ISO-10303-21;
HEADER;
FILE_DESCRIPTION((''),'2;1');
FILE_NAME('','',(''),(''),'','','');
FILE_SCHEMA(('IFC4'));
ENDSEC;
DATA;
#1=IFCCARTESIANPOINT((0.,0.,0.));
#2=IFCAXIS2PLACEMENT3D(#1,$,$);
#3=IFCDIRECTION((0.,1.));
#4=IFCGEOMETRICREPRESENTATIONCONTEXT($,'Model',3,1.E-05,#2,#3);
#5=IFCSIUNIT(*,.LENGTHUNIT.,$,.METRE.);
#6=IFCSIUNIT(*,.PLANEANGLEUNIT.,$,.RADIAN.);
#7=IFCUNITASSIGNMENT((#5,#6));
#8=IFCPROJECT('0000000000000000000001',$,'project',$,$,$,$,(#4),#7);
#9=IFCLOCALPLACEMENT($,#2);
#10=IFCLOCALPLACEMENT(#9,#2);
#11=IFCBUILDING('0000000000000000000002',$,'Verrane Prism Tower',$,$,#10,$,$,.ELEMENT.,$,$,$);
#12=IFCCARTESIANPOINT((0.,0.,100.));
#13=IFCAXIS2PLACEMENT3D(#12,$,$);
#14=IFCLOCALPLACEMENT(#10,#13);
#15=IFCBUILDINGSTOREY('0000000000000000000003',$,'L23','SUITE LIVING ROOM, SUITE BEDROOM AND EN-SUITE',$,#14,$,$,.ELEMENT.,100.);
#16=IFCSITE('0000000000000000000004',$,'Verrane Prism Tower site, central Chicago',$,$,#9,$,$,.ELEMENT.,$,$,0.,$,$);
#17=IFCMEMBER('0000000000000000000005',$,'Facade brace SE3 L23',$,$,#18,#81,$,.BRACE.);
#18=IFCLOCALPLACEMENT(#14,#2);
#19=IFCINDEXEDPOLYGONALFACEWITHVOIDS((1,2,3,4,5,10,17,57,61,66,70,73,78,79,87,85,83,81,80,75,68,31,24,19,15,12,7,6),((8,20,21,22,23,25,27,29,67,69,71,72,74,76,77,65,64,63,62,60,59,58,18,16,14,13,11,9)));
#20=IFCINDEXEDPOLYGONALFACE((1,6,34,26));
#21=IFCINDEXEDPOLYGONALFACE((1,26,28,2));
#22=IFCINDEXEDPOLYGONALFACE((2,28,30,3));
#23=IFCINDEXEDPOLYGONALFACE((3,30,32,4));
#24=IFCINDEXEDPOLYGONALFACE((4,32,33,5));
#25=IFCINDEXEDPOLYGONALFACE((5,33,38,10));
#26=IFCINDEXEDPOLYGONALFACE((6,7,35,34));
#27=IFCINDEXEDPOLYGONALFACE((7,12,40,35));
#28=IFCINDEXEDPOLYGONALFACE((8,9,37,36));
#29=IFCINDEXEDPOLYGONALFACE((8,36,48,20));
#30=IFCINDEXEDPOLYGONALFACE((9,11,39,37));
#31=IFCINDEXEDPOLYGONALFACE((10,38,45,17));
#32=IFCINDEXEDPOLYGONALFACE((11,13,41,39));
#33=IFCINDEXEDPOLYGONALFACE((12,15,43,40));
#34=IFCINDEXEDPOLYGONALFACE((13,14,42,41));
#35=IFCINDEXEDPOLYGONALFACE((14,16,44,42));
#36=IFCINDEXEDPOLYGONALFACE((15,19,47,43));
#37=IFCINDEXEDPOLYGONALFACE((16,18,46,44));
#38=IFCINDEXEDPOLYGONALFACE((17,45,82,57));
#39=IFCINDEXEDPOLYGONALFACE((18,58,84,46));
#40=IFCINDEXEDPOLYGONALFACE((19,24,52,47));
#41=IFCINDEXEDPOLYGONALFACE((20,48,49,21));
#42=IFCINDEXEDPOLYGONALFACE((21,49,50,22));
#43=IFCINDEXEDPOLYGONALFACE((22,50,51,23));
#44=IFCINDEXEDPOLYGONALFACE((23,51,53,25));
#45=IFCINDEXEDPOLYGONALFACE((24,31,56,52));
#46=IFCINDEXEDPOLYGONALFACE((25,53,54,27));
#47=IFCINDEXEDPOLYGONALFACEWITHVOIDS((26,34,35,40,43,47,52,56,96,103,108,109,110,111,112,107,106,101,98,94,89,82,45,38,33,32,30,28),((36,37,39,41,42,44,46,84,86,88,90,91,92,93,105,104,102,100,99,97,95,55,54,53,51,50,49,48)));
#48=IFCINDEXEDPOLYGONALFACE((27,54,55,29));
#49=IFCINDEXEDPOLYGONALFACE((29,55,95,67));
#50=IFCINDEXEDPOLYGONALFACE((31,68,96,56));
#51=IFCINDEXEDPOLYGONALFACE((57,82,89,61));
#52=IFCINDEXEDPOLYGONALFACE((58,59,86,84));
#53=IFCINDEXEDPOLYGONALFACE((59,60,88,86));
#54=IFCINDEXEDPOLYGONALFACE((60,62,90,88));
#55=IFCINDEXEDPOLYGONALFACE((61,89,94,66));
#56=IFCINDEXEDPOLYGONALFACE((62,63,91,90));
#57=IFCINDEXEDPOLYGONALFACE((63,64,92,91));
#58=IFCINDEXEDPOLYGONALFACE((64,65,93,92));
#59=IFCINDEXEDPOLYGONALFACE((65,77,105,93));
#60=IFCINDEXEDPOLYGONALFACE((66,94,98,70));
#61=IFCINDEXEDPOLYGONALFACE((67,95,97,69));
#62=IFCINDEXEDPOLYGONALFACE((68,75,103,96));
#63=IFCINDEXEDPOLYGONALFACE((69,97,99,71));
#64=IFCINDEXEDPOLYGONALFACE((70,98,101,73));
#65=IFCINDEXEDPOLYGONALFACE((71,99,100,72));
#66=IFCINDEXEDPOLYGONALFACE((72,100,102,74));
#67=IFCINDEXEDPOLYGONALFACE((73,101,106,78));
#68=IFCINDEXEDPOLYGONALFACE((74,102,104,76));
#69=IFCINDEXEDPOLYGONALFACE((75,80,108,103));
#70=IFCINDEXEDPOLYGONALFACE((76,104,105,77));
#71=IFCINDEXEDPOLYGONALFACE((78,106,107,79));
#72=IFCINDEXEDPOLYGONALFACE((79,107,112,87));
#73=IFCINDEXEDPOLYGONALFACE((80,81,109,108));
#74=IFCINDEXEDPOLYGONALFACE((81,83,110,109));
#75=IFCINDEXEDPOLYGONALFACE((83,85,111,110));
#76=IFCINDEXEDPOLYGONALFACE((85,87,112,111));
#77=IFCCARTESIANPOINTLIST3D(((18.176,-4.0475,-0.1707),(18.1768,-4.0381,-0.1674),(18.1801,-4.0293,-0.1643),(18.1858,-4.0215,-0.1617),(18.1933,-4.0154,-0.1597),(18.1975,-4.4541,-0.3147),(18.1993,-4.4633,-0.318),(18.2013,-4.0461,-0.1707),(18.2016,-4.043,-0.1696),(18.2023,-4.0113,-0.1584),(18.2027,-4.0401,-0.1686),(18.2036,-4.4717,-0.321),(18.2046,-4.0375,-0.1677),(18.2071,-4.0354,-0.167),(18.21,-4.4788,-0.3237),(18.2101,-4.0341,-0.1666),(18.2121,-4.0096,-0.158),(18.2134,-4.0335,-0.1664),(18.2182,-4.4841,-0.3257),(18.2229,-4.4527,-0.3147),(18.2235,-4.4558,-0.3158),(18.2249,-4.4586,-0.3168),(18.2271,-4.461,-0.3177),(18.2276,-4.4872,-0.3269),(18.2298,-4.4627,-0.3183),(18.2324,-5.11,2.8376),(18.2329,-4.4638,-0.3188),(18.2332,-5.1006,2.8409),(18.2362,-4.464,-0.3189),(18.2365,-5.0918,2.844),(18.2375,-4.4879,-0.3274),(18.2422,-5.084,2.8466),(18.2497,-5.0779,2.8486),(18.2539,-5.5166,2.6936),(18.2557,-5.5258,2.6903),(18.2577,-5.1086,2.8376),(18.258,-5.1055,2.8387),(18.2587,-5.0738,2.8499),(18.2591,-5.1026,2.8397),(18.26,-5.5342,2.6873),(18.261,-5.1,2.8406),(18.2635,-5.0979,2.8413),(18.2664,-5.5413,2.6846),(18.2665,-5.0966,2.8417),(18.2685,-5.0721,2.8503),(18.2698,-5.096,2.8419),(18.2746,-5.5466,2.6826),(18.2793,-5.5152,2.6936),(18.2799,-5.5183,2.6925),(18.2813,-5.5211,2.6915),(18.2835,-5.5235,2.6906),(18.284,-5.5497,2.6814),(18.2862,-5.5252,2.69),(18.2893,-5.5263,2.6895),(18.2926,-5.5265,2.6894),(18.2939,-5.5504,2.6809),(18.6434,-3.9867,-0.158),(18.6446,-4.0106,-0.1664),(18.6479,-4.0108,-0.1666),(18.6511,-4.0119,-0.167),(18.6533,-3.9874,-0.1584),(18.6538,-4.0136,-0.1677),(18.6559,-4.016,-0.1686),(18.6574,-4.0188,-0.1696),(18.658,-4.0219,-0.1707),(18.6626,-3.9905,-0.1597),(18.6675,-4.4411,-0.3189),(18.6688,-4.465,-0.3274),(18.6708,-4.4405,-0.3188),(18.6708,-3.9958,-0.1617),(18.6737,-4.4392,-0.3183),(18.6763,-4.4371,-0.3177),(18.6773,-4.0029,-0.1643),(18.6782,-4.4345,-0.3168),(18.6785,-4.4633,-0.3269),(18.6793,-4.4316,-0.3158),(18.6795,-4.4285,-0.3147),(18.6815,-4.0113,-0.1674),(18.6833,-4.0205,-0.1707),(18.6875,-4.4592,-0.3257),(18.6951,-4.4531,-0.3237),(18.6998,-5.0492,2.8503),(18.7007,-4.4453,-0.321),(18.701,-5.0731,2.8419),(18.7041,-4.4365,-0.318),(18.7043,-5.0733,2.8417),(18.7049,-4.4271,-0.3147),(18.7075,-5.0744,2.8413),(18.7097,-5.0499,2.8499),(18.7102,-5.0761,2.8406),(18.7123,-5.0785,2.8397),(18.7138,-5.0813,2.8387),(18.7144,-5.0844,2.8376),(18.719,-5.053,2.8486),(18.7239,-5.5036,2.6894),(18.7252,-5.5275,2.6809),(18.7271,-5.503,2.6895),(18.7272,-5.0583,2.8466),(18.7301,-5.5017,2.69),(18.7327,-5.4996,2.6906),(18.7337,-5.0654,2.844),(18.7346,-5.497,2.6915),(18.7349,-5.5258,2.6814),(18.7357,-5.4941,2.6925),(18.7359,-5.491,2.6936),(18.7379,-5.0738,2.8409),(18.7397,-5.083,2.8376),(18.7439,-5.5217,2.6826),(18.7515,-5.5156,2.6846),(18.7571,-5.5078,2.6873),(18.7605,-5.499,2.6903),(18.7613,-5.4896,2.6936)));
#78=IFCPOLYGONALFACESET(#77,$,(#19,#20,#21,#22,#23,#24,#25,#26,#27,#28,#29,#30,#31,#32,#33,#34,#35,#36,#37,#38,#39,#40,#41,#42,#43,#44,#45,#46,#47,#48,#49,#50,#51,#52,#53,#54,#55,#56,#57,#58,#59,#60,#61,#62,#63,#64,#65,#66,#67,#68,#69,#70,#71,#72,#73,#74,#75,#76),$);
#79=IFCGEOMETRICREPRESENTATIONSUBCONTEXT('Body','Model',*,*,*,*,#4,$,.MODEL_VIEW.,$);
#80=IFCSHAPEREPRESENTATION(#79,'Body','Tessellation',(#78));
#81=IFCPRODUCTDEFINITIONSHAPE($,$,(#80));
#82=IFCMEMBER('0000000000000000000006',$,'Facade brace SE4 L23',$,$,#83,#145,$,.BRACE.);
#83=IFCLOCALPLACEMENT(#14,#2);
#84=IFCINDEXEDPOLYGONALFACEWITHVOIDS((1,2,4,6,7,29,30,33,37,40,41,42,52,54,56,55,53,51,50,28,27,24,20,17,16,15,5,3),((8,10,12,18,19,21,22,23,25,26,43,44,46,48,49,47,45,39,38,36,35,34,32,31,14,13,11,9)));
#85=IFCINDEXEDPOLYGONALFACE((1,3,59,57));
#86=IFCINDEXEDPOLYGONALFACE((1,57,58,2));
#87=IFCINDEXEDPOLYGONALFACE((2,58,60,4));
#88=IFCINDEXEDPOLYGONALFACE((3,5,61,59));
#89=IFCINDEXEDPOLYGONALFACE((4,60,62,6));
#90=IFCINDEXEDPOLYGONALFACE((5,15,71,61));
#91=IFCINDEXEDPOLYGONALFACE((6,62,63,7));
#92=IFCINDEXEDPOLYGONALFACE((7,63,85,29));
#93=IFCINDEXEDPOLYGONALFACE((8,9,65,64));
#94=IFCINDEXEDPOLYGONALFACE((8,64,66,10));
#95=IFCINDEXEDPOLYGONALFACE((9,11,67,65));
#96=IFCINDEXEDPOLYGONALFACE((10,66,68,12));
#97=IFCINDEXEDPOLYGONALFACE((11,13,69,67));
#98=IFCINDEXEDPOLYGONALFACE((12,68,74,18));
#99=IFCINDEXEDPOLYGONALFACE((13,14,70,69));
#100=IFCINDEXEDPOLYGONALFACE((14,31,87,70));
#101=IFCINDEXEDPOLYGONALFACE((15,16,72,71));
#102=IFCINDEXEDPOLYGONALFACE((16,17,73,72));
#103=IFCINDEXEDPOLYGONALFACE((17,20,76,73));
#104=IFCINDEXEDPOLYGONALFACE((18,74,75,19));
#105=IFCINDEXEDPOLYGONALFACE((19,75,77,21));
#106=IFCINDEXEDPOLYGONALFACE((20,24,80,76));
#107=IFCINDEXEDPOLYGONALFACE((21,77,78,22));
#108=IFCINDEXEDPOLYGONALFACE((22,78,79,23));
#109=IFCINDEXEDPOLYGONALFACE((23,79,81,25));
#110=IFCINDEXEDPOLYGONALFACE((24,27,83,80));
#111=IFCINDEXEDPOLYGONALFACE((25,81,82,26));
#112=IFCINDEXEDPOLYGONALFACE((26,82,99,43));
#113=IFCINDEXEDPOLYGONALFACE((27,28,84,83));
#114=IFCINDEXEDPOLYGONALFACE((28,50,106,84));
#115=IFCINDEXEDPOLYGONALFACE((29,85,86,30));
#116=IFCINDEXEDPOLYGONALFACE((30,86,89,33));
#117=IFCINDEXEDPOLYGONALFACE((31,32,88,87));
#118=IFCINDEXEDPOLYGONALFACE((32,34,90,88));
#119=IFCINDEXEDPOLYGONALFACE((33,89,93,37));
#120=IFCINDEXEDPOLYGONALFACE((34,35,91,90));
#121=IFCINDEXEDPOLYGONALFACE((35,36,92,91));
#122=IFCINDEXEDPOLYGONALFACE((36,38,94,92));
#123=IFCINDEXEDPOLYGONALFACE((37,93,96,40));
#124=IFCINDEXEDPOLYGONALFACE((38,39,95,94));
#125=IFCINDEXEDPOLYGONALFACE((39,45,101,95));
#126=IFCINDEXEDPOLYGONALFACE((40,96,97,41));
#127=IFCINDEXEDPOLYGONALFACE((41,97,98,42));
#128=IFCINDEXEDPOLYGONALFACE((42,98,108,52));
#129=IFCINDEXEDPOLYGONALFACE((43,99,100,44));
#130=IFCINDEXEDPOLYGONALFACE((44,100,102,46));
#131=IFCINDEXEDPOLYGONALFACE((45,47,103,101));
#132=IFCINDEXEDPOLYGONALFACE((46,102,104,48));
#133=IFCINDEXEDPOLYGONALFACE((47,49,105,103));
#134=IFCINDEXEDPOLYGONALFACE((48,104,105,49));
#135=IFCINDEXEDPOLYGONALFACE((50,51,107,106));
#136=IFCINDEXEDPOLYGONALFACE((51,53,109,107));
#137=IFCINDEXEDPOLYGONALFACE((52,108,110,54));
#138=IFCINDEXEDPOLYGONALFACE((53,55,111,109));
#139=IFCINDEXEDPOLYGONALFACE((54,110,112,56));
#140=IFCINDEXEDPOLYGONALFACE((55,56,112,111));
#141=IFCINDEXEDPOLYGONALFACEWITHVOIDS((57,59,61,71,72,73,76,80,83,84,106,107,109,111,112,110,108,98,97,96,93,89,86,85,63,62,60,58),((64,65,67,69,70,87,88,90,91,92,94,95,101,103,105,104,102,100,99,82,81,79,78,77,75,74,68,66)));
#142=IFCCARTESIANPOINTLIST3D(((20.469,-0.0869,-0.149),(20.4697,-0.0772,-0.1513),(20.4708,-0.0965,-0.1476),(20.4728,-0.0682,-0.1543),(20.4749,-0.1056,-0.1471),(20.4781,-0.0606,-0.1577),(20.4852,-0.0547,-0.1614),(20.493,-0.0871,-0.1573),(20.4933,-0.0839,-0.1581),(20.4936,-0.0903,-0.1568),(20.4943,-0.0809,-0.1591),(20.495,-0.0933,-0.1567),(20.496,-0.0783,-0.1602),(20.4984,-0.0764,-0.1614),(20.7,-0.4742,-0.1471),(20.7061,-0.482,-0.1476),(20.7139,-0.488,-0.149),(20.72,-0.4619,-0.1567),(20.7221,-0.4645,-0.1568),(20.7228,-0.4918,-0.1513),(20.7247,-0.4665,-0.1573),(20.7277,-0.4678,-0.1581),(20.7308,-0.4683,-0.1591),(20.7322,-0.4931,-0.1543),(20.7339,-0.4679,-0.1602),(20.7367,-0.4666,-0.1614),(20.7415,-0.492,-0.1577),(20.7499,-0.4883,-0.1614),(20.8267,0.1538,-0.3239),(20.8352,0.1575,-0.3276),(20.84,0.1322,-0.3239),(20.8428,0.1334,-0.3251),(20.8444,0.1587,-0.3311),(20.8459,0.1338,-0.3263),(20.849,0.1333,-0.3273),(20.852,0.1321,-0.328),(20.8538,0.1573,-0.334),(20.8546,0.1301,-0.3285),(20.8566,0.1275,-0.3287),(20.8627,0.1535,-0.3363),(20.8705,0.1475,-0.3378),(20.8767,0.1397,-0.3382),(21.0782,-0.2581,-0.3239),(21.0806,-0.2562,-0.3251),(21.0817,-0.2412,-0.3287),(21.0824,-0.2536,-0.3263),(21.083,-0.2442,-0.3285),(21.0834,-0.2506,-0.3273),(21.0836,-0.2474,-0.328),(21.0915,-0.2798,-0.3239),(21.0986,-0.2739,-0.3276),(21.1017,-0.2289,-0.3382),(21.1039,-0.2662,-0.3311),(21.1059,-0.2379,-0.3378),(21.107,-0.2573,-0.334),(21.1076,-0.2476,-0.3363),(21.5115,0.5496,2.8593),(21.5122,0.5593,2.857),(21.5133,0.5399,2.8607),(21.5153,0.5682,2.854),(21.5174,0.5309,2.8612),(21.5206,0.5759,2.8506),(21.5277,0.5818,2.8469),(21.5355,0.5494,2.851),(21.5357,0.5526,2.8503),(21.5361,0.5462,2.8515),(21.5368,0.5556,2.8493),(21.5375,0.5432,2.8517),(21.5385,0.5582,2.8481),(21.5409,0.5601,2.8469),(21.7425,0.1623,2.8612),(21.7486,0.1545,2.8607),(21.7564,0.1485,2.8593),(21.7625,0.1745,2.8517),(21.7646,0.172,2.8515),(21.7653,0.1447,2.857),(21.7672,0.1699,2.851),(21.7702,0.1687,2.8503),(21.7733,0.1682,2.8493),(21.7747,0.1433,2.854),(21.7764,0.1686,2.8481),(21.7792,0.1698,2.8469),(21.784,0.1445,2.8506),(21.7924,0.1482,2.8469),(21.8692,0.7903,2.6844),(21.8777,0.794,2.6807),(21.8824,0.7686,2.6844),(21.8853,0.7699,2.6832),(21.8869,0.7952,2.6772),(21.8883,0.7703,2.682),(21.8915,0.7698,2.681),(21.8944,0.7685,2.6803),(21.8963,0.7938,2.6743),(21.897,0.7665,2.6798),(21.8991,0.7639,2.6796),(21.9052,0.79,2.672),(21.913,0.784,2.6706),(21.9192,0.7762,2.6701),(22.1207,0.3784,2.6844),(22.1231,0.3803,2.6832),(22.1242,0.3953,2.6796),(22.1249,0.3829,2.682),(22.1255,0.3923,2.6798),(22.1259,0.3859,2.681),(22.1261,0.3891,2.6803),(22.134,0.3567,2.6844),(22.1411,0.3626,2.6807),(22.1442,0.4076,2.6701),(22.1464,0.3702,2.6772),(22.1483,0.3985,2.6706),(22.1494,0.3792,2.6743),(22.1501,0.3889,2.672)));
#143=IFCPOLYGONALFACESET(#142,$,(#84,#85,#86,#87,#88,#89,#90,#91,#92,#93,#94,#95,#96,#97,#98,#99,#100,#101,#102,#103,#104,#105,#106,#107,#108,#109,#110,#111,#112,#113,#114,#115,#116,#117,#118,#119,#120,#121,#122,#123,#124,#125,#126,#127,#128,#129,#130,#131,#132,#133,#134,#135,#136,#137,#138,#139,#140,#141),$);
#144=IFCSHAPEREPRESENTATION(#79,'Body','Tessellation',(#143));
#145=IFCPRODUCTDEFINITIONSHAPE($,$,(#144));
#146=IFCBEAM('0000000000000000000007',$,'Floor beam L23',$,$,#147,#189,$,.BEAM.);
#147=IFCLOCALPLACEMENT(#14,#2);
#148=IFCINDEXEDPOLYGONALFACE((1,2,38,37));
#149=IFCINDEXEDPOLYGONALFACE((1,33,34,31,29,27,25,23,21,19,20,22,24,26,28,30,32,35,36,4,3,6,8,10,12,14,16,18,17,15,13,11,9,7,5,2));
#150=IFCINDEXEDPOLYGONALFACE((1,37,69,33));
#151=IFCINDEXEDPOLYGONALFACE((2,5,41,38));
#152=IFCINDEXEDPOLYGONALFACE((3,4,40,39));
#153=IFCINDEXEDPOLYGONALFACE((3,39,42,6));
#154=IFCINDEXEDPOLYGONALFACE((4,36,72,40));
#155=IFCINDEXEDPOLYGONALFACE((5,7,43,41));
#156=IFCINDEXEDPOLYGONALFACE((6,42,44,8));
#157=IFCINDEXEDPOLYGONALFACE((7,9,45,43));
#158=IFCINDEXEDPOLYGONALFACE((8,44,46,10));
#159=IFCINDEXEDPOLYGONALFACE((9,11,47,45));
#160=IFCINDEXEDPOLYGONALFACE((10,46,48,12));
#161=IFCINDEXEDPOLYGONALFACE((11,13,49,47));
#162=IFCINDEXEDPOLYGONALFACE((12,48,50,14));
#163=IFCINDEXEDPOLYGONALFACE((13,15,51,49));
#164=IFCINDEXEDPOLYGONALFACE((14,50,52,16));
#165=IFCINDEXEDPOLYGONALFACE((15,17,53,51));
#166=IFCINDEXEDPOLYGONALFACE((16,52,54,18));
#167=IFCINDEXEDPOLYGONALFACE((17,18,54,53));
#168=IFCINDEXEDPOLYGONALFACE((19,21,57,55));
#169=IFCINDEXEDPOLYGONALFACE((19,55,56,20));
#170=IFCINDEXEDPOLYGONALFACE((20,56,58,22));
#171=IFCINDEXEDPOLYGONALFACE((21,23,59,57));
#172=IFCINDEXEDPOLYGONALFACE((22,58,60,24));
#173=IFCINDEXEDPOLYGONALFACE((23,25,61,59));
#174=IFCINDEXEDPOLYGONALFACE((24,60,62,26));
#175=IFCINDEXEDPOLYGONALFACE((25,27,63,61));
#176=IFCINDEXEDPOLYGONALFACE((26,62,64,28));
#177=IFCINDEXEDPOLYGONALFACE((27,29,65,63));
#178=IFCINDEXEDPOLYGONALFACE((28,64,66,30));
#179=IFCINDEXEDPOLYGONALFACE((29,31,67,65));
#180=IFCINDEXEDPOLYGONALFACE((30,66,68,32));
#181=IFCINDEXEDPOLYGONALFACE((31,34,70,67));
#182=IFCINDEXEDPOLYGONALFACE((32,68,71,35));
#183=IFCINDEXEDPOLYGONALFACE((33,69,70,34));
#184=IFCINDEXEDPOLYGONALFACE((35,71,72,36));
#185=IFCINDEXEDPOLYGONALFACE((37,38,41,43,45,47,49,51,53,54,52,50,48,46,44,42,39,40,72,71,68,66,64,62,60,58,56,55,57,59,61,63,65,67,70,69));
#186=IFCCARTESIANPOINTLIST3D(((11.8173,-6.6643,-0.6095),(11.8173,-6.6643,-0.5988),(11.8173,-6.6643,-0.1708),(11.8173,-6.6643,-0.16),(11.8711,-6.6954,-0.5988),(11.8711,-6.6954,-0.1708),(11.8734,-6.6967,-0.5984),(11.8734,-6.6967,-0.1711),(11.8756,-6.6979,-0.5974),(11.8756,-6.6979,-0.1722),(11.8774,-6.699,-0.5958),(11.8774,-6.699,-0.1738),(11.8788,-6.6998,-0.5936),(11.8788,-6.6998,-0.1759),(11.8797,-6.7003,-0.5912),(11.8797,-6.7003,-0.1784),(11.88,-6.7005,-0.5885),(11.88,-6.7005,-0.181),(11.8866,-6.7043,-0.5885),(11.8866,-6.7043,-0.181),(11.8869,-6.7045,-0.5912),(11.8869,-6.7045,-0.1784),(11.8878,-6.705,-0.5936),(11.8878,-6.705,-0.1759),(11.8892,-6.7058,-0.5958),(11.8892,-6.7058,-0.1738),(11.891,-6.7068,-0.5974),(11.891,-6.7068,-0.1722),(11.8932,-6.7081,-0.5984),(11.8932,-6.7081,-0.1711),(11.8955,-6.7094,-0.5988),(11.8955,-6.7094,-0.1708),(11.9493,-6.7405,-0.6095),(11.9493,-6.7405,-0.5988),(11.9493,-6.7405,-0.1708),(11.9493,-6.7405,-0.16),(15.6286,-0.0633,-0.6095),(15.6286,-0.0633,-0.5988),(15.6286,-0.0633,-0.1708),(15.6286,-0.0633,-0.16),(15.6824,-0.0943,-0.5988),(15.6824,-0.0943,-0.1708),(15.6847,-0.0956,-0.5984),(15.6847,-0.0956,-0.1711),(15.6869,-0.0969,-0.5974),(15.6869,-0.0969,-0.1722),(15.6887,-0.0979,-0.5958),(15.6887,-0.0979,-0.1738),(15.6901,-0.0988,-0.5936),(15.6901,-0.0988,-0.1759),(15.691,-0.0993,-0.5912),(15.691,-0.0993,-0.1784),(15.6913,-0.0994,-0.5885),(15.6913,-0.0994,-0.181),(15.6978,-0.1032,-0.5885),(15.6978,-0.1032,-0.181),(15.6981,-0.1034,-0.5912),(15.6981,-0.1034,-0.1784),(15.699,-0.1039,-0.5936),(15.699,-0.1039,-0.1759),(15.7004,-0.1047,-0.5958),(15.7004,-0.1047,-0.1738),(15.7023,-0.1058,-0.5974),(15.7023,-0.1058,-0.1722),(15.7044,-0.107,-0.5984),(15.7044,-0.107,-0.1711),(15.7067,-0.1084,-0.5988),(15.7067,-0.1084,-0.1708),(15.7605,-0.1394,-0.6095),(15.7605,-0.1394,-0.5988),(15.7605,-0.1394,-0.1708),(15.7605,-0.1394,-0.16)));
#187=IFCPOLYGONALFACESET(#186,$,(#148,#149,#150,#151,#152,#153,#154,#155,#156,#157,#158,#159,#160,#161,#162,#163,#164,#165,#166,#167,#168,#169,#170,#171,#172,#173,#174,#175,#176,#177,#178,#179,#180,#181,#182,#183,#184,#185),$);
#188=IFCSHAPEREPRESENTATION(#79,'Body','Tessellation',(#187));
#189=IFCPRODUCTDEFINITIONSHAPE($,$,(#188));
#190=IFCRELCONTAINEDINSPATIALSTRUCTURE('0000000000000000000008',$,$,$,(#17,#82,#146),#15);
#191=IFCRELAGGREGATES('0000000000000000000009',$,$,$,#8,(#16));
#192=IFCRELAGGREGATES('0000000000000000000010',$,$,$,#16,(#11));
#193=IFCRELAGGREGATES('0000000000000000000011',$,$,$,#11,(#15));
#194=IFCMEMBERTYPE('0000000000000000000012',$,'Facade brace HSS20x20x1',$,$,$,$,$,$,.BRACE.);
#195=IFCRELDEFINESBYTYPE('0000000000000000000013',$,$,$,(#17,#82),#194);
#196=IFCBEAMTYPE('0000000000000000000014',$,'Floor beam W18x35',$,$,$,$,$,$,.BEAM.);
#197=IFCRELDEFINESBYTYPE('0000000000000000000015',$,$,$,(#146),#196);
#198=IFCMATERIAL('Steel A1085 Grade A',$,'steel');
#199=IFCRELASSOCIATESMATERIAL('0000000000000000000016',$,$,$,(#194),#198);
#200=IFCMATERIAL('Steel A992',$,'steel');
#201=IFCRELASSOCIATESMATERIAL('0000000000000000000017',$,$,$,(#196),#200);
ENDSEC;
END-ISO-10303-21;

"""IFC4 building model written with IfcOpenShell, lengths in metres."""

from ifc_helpers import new_model, si_unit, direction, frame, origin, origin_2d, place, context, subcontext, project, spatial, hollow_rectangle, i_section, extrude, material, material_profile, profile_set, type_object, element, save


model = new_model("IFC4")

# Units and contexts
model_context = context("Model", 3, precision=1e-05, world=origin(), true_north=direction((0.0, 1.0)))
body_context = subcontext(model_context, "Body", "Model", "MODEL_VIEW")
ifc_project = project(units=[si_unit("LENGTHUNIT", "METRE"), si_unit("PLANEANGLEUNIT", "RADIAN")], contexts=[model_context])

# Site, building, storey
site_placement = place(None, origin())
site = spatial("IfcSite", under=ifc_project, at=site_placement, Name="Verrane Prism Tower site, central Chicago", CompositionType="ELEMENT", RefElevation=0.0)
building_placement = place(site_placement, origin())
building = spatial("IfcBuilding", under=site, at=building_placement, Name="Verrane Prism Tower", CompositionType="ELEMENT")
storey_placement = place(building_placement, frame((0.0, 0.0, 100.0)))
storey = spatial("IfcBuildingStorey", under=building, at=storey_placement, Name="L23", Description="SUITE LIVING ROOM, SUITE BEDROOM AND EN-SUITE", CompositionType="ELEMENT", Elevation=100.0)

# Members
ifc_material_1 = material(Name="Steel A1085 Grade A", Category="steel")
ifc_material_profile_1 = material_profile(ifc_material_1, hollow_rectangle(XDim=0.5081, YDim=0.5081, WallThickness=0.0254, InnerFilletRadius=0.0127, OuterFilletRadius=0.0381, at=origin_2d()), Name="HSS20x20x1")
ifc_profile_set_1 = profile_set([ifc_material_profile_1], Name="Steel A1085 Grade A")
member_type_1 = type_object("IfcMemberType", Name="Facade brace HSS20x20x1", PredefinedType="BRACE", material=ifc_profile_set_1)
member_1_placement = place(storey_placement, frame((18.4404, -4.2373, -0.2427), z_axis=(0.017674, -0.332976, 0.94277), x_axis=(0.998594, 0.053004, 0.0)))
element("IfcMember", 1, at=member_1_placement, inside=storey, type_object=member_type_1, Name="Facade brace SE3 L23", PredefinedType="BRACE", context=body_context, shape_type="SweptSolid", body=[
    extrude(hollow_rectangle(XDim=0.5081, YDim=0.5081, WallThickness=0.0254, InnerFilletRadius=0.0127, OuterFilletRadius=0.0381, at=origin_2d()), origin(), (0.0, 0.0, 1.0), 3.1909),
])
member_2_placement = place(storey_placement, frame((20.7883, -0.1672, -0.2427), z_axis=(0.321079, 0.196031, 0.926542), x_axis=(-0.521094, 0.853499, 0.0)))
element("IfcMember", 2, at=member_2_placement, inside=storey, type_object=member_type_1, Name="Facade brace SE4 L23", PredefinedType="BRACE", context=body_context, shape_type="SweptSolid", body=[
    extrude(hollow_rectangle(XDim=0.5081, YDim=0.5081, WallThickness=0.0254, InnerFilletRadius=0.0127, OuterFilletRadius=0.0381, at=origin_2d()), origin(), (0.0, 0.0, 1.0), 3.2468),
])

# Beam
ifc_material_2 = material(Name="Steel A992", Category="steel")
ifc_material_profile_2 = material_profile(ifc_material_2, i_section(OverallWidth=0.1523, OverallDepth=0.4495, WebThickness=0.0076, FlangeThickness=0.0107, FilletRadius=0.0103, at=origin_2d()), Name="W18x35")
ifc_profile_set_2 = profile_set([ifc_material_profile_2], Name="Steel A992")
beam_type_1 = type_object("IfcBeamType", Name="Floor beam W18x35", PredefinedType="BEAM", material=ifc_profile_set_2)
beam_1_placement = place(storey_placement, frame((11.8833, -6.7024, -0.3848), z_axis=(0.500014, 0.866017, 0.0), x_axis=(-0.866017, 0.500014, 0.0)))
element("IfcBeam", 3, at=beam_1_placement, inside=storey, type_object=beam_type_1, Name="Floor beam L23", PredefinedType="BEAM", context=body_context, shape_type="SweptSolid", body=[
    extrude(i_section(OverallWidth=0.1523, OverallDepth=0.4495, WebThickness=0.0076, FlangeThickness=0.0107, FilletRadius=0.0103, at=origin_2d()), origin(), (0.0, 0.0, 1.0), 7.6223),
])

save(model, "model.ifc")
